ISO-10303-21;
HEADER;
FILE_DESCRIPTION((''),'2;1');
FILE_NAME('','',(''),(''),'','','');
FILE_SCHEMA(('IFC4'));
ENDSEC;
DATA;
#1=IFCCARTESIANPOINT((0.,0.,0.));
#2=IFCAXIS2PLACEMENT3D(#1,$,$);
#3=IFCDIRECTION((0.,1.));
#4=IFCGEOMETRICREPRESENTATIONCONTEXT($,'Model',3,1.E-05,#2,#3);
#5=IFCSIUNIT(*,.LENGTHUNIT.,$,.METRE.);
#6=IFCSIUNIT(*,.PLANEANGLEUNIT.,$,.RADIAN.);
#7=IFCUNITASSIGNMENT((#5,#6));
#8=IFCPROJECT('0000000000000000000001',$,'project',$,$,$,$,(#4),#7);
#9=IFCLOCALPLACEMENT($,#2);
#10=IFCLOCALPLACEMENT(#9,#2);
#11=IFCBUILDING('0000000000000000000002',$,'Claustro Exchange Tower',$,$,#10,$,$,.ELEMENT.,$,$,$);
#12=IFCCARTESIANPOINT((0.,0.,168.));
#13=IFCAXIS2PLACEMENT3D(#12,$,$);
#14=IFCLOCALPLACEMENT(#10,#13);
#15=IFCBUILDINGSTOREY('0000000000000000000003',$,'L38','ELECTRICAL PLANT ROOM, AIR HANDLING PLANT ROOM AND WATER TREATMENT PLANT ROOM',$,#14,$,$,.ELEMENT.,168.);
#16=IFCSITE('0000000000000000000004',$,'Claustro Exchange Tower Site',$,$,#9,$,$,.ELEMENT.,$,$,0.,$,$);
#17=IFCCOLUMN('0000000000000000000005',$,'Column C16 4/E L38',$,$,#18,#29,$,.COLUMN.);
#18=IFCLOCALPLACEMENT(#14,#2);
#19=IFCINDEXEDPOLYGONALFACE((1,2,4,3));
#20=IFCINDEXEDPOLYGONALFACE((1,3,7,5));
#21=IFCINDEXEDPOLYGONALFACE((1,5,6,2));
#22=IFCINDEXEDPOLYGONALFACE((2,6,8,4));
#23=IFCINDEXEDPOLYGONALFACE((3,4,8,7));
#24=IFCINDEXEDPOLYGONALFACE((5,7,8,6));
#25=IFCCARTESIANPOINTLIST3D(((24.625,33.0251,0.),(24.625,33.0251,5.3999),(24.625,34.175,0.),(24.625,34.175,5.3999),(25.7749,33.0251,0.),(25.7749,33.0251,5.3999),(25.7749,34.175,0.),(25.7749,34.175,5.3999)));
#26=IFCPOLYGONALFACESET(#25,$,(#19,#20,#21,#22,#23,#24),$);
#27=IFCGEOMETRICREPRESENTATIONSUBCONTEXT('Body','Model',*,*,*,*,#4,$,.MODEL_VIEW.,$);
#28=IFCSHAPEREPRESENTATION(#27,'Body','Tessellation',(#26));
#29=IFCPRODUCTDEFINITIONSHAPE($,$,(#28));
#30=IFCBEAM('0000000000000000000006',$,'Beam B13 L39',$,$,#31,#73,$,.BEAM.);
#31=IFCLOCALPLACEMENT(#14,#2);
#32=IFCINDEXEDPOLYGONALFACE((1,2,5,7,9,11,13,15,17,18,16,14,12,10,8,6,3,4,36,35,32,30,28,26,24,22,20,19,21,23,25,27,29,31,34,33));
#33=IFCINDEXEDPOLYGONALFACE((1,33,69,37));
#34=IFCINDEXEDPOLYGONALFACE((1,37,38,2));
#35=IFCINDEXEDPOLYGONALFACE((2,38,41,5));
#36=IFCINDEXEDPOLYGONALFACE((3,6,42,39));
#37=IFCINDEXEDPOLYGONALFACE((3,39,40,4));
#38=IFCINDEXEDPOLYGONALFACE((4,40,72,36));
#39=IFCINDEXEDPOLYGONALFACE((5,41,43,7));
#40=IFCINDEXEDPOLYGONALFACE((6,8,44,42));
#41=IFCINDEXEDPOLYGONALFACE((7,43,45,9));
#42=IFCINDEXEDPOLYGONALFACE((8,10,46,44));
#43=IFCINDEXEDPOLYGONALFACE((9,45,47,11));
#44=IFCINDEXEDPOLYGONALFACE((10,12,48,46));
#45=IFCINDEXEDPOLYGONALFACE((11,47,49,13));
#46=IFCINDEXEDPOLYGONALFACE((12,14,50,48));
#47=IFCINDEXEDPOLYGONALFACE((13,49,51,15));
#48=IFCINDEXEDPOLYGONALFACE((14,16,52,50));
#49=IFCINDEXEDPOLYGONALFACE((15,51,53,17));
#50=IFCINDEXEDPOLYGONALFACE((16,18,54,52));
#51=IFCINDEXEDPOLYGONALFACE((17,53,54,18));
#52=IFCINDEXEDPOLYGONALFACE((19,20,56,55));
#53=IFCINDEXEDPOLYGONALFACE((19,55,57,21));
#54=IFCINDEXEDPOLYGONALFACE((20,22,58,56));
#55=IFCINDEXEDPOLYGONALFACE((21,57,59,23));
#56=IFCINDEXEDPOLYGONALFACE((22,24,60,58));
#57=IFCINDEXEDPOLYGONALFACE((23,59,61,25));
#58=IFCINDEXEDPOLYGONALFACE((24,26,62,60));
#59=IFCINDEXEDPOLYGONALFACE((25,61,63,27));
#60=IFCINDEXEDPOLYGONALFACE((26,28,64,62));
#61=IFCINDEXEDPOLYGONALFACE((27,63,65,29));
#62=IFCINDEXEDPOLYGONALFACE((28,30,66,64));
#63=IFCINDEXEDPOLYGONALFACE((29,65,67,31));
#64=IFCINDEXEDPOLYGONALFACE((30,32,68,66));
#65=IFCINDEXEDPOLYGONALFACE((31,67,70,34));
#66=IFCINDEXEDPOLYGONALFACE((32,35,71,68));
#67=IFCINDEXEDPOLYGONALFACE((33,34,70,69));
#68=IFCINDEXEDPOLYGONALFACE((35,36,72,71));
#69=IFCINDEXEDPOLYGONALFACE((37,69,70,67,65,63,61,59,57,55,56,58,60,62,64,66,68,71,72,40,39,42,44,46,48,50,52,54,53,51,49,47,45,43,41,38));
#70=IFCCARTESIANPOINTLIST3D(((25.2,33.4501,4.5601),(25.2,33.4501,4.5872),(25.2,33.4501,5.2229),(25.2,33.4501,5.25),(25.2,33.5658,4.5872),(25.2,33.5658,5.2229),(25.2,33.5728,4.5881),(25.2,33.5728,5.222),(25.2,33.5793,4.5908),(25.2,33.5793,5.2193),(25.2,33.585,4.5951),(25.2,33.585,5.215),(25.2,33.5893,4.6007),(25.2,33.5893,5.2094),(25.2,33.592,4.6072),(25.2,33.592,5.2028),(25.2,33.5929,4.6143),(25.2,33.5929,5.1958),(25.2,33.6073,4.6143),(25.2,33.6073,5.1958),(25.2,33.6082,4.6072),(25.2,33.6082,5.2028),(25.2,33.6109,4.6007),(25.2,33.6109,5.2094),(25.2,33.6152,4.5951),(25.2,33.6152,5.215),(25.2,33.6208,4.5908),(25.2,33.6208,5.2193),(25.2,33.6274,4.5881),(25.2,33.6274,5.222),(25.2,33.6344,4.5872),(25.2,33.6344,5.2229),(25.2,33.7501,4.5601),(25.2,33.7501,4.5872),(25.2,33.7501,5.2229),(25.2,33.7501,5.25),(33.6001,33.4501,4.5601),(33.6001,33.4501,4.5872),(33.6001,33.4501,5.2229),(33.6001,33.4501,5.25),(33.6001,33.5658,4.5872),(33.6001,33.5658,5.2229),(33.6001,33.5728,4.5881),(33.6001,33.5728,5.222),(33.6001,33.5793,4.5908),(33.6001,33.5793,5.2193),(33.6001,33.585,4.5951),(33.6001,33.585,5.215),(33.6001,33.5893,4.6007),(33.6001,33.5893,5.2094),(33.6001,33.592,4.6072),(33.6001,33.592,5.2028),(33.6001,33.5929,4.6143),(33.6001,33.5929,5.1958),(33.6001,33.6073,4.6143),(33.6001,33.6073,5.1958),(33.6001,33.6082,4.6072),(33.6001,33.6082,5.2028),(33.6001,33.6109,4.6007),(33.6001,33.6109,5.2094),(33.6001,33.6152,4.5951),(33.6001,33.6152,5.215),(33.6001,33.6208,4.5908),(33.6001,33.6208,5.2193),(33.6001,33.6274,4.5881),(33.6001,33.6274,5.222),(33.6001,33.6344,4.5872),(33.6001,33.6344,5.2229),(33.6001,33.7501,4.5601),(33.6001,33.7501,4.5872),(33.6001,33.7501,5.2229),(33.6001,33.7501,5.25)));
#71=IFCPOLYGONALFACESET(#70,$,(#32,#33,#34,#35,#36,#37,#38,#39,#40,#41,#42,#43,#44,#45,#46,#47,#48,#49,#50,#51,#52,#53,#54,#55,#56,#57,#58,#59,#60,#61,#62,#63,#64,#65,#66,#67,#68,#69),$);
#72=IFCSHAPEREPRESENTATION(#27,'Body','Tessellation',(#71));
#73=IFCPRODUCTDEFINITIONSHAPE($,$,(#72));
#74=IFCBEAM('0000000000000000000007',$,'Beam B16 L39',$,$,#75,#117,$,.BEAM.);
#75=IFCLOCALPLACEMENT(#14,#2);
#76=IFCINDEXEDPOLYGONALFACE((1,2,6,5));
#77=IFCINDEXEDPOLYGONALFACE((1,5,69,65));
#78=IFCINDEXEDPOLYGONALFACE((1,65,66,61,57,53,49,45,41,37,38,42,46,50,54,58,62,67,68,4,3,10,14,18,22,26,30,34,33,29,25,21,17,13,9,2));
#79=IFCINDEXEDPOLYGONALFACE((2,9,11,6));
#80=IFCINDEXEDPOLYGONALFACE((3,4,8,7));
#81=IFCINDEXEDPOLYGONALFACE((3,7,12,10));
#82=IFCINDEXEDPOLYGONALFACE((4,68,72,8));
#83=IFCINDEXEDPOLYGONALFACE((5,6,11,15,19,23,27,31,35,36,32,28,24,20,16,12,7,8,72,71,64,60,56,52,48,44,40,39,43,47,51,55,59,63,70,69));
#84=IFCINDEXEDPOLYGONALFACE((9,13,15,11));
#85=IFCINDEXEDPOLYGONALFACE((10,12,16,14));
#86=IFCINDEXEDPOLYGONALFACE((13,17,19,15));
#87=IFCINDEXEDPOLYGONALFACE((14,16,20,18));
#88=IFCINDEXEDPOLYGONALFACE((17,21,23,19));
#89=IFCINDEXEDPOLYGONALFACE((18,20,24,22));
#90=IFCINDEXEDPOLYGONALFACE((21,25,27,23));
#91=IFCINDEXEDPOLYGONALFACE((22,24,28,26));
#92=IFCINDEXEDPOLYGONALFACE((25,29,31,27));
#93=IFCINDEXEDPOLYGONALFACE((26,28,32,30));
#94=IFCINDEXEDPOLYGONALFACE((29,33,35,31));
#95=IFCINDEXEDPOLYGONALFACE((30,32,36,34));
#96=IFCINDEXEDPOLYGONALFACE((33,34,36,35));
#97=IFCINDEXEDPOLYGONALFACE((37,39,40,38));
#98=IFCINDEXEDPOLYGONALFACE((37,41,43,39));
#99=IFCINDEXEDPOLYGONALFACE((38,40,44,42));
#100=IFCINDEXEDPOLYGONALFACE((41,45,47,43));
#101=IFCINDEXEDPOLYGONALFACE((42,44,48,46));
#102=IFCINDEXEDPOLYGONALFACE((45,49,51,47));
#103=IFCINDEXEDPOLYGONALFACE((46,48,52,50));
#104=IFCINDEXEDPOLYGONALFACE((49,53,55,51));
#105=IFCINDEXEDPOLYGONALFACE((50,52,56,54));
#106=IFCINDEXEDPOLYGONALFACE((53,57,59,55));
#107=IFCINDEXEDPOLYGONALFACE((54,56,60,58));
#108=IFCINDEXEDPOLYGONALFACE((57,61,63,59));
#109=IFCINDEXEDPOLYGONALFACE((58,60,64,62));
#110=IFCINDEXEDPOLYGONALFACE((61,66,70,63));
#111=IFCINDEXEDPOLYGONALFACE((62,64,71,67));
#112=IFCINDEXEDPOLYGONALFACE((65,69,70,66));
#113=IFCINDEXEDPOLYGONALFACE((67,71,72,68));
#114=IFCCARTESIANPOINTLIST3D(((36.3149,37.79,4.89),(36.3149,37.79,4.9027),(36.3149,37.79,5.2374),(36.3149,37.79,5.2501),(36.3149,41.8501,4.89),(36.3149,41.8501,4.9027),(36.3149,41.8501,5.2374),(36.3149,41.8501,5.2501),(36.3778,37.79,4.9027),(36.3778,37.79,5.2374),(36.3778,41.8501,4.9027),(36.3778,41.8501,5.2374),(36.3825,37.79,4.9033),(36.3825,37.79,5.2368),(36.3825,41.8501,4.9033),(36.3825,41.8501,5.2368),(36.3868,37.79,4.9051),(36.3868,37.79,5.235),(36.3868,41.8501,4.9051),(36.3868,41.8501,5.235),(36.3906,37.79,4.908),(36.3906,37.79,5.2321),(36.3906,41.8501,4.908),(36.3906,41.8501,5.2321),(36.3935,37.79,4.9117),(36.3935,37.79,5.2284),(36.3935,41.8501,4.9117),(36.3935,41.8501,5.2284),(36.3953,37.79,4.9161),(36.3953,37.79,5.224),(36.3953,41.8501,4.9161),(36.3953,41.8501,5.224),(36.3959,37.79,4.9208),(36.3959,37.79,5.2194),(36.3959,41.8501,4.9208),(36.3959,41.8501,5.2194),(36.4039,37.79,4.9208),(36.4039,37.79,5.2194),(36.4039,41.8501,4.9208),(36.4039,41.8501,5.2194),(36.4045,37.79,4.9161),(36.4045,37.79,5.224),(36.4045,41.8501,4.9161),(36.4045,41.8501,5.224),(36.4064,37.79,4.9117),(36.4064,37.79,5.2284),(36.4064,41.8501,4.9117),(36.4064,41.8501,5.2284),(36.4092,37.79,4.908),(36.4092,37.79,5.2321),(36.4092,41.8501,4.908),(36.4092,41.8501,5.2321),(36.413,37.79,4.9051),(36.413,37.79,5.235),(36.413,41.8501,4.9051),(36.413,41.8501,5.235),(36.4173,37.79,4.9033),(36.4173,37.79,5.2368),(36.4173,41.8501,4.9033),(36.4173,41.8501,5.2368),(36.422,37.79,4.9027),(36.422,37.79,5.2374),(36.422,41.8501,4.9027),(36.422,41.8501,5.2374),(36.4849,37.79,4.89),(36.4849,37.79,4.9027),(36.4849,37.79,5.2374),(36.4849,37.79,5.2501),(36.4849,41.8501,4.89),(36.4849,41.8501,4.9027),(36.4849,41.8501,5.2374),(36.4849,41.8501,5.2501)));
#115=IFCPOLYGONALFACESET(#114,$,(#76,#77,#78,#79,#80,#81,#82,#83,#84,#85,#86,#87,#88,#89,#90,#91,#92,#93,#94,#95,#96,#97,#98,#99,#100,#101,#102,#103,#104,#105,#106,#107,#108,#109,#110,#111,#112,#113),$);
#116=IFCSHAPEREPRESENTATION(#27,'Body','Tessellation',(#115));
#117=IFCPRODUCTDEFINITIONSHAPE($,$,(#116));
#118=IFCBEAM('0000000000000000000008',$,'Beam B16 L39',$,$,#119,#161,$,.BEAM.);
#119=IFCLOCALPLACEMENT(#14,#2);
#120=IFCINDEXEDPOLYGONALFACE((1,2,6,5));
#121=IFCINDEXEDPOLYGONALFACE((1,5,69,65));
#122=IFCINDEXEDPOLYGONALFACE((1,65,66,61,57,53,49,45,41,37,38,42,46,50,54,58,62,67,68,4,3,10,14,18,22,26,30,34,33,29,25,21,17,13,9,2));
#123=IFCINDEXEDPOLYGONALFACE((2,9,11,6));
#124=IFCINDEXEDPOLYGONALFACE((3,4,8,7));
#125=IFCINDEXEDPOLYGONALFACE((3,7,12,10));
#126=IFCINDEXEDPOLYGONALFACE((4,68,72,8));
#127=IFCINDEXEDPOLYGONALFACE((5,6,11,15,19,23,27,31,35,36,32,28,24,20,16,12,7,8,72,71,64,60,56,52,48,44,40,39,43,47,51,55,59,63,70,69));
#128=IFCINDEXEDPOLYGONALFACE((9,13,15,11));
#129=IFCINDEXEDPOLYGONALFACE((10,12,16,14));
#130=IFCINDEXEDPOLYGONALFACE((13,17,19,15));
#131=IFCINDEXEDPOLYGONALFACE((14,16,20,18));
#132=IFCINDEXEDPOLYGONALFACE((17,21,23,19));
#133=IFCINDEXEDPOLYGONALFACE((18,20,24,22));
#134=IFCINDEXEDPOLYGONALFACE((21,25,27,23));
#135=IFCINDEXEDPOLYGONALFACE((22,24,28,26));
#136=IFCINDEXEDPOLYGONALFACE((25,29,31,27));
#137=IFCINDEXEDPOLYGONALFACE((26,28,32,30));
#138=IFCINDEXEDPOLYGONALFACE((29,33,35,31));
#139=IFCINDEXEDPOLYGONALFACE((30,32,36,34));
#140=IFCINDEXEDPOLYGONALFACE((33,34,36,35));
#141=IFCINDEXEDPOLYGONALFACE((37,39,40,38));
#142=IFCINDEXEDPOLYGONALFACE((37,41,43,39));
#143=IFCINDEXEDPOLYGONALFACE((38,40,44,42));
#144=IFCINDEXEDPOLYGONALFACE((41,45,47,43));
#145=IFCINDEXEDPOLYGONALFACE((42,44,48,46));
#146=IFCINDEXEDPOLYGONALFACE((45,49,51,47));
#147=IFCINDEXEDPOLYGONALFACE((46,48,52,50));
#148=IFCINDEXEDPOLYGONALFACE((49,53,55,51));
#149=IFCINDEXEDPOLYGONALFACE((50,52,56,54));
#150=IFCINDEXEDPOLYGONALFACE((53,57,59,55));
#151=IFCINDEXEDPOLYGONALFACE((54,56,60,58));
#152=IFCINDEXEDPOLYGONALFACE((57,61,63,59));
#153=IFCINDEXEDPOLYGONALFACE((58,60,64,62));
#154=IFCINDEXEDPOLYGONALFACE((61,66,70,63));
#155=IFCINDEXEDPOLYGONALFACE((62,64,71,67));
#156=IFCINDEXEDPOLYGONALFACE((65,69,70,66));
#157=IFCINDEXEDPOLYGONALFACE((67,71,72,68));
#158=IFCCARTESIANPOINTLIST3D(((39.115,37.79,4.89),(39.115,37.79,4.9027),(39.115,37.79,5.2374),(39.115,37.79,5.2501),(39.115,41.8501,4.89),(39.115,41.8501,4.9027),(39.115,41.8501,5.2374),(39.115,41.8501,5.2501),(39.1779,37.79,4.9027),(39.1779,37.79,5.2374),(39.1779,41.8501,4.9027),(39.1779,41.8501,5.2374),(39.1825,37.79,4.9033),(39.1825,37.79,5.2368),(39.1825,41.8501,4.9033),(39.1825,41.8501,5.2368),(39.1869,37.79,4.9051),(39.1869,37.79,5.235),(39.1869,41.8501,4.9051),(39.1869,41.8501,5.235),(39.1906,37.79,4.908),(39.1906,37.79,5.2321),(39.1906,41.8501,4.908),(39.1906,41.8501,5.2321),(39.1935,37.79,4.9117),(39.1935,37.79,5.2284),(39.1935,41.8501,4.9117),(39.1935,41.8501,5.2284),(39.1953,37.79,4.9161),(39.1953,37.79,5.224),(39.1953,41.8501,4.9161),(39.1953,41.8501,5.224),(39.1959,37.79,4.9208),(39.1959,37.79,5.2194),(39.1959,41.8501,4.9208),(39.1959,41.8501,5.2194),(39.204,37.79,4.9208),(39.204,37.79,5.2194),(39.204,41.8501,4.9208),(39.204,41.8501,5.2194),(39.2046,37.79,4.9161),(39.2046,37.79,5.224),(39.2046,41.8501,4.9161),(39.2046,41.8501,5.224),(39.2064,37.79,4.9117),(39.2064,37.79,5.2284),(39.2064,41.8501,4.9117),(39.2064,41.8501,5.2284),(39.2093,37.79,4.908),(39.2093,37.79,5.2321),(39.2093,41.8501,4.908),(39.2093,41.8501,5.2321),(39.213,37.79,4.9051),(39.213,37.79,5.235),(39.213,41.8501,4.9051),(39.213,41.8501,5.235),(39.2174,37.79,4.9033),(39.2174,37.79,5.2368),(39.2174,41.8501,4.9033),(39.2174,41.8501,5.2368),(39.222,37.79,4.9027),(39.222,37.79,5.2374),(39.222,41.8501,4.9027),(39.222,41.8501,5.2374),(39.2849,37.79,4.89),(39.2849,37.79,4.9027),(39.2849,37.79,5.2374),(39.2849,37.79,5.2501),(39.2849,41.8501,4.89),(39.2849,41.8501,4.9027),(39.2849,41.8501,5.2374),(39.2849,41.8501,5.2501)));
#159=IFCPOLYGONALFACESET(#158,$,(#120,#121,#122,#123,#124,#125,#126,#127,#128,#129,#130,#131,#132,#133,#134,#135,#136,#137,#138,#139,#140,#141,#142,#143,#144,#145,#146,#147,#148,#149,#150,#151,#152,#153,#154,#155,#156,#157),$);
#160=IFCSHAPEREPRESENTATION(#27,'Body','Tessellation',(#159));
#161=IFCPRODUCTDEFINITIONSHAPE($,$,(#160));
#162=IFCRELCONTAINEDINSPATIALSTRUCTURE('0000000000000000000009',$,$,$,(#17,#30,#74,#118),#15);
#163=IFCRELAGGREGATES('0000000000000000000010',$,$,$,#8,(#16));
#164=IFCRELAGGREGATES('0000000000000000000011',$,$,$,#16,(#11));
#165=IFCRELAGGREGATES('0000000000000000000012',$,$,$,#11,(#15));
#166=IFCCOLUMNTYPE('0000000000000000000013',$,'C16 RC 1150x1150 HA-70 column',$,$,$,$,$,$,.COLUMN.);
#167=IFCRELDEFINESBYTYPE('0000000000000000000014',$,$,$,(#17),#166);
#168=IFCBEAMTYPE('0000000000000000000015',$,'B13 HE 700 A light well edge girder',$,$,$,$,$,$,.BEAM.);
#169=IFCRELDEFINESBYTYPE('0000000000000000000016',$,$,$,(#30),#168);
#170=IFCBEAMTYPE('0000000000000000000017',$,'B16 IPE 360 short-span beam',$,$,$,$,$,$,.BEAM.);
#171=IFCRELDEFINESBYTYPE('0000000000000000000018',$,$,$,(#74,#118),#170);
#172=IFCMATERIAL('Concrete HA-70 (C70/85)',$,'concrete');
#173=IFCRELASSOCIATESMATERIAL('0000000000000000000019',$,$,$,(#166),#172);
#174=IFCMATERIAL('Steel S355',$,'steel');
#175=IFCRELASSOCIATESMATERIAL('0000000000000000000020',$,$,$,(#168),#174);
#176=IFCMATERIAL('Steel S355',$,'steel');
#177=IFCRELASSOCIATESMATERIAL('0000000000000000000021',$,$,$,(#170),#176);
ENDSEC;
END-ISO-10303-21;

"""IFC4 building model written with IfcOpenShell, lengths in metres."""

from ifc_helpers import new_model, si_unit, direction, frame, origin, origin_2d, place, context, subcontext, project, spatial, rectangle, i_section, extrude, material, material_profile, profile_set, type_object, element, save


model = new_model("IFC4")

# Units and contexts
model_context = context("Model", 3, precision=1e-05, world=origin(), true_north=direction((0.0, 1.0)))
body_context = subcontext(model_context, "Body", "Model", "MODEL_VIEW")
ifc_project = project(units=[si_unit("LENGTHUNIT", "METRE"), si_unit("PLANEANGLEUNIT", "RADIAN")], contexts=[model_context])

# Site, building, storey
site_placement = place(None, origin())
site = spatial("IfcSite", under=ifc_project, at=site_placement, Name="Claustro Exchange Tower Site", CompositionType="ELEMENT", RefElevation=0.0)
building_placement = place(site_placement, origin())
building = spatial("IfcBuilding", under=site, at=building_placement, Name="Claustro Exchange Tower", CompositionType="ELEMENT")
storey_placement = place(building_placement, frame((0.0, 0.0, 168.0)))
storey = spatial("IfcBuildingStorey", under=building, at=storey_placement, Name="L38", Description="ELECTRICAL PLANT ROOM, AIR HANDLING PLANT ROOM AND WATER TREATMENT PLANT ROOM", CompositionType="ELEMENT", Elevation=168.0)

# Column
ifc_material_1 = material(Name="Concrete HA-70 (C70/85)", Category="concrete")
ifc_material_profile_1 = material_profile(ifc_material_1, rectangle(XDim=1.1499, YDim=1.1499, at=origin_2d()), Name="RC 1150x1150")
ifc_profile_set_1 = profile_set([ifc_material_profile_1], Name="Concrete HA-70 (C70/85)")
column_type = type_object("IfcColumnType", Name="C16 RC 1150x1150 HA-70 column", PredefinedType="COLUMN", material=ifc_profile_set_1)
column_placement = place(storey_placement, frame((25.2, 33.6001, 0.0), z_axis=(0.0, 0.0, 1.0), x_axis=(1.0, 0.0, 0.0)))
element("IfcColumn", 1, at=column_placement, inside=storey, type_object=column_type, Name="Column C16 4/E L38", PredefinedType="COLUMN", context=body_context, shape_type="SweptSolid", body=[
    extrude(rectangle(XDim=1.1499, YDim=1.1499, at=origin_2d()), origin(), (0.0, 0.0, 1.0), 5.3999),
])

# Beams
ifc_material_2 = material(Name="Steel S355", Category="steel")
ifc_material_profile_2 = material_profile(ifc_material_2, i_section(OverallWidth=0.3, OverallDepth=0.6899, WebThickness=0.0144, FlangeThickness=0.0271, FilletRadius=0.0271, at=origin_2d()), Name="HE 700 A")
ifc_profile_set_2 = profile_set([ifc_material_profile_2], Name="Steel S355")
beam_type_1 = type_object("IfcBeamType", Name="B13 HE 700 A light well edge girder", PredefinedType="BEAM", material=ifc_profile_set_2)
beam_1_placement = place(storey_placement, frame((25.2, 33.6001, 4.905), z_axis=(1.0, 0.0, 0.0), x_axis=(0.0, 1.0, 0.0)))
element("IfcBeam", 2, at=beam_1_placement, inside=storey, type_object=beam_type_1, Name="Beam B13 L39", PredefinedType="BEAM", context=body_context, shape_type="SweptSolid", body=[
    extrude(i_section(OverallWidth=0.3, OverallDepth=0.6899, WebThickness=0.0144, FlangeThickness=0.0271, FilletRadius=0.0271, at=origin_2d()), origin(), (0.0, 0.0, 1.0), 8.4001),
])
ifc_material_3 = material(Name="Steel S355", Category="steel")
ifc_material_profile_3 = material_profile(ifc_material_3, i_section(OverallWidth=0.1699, OverallDepth=0.3601, WebThickness=0.0081, FlangeThickness=0.0127, FilletRadius=0.0181, at=origin_2d()), Name="IPE 360")
ifc_profile_set_3 = profile_set([ifc_material_profile_3], Name="Steel S355")
beam_type_2 = type_object("IfcBeamType", Name="B16 IPE 360 short-span beam", PredefinedType="BEAM", material=ifc_profile_set_3)
for number, where, z_axis, x_axis, name in (
    (3, (36.3999, 37.79, 5.0701), (0.0, 1.0, 0.0), (-1.0, 0.0, 0.0), "Beam B16 L39"),
    (4, (39.2, 37.79, 5.0701), (0.0, 1.0, 0.0), (-1.0, 0.0, 0.0), "Beam B16 L39"),
):
    element("IfcBeam", number, at=place(storey_placement, frame(where, z_axis=z_axis, x_axis=x_axis)), inside=storey, type_object=beam_type_2, Name=name, PredefinedType="BEAM", context=body_context, shape_type="SweptSolid", body=[
        extrude(i_section(OverallWidth=0.1699, OverallDepth=0.3601, WebThickness=0.0081, FlangeThickness=0.0127, FilletRadius=0.0181, at=origin_2d()), origin(), (0.0, 0.0, 1.0), 4.0601),
    ])

save(model, "model.ifc")
